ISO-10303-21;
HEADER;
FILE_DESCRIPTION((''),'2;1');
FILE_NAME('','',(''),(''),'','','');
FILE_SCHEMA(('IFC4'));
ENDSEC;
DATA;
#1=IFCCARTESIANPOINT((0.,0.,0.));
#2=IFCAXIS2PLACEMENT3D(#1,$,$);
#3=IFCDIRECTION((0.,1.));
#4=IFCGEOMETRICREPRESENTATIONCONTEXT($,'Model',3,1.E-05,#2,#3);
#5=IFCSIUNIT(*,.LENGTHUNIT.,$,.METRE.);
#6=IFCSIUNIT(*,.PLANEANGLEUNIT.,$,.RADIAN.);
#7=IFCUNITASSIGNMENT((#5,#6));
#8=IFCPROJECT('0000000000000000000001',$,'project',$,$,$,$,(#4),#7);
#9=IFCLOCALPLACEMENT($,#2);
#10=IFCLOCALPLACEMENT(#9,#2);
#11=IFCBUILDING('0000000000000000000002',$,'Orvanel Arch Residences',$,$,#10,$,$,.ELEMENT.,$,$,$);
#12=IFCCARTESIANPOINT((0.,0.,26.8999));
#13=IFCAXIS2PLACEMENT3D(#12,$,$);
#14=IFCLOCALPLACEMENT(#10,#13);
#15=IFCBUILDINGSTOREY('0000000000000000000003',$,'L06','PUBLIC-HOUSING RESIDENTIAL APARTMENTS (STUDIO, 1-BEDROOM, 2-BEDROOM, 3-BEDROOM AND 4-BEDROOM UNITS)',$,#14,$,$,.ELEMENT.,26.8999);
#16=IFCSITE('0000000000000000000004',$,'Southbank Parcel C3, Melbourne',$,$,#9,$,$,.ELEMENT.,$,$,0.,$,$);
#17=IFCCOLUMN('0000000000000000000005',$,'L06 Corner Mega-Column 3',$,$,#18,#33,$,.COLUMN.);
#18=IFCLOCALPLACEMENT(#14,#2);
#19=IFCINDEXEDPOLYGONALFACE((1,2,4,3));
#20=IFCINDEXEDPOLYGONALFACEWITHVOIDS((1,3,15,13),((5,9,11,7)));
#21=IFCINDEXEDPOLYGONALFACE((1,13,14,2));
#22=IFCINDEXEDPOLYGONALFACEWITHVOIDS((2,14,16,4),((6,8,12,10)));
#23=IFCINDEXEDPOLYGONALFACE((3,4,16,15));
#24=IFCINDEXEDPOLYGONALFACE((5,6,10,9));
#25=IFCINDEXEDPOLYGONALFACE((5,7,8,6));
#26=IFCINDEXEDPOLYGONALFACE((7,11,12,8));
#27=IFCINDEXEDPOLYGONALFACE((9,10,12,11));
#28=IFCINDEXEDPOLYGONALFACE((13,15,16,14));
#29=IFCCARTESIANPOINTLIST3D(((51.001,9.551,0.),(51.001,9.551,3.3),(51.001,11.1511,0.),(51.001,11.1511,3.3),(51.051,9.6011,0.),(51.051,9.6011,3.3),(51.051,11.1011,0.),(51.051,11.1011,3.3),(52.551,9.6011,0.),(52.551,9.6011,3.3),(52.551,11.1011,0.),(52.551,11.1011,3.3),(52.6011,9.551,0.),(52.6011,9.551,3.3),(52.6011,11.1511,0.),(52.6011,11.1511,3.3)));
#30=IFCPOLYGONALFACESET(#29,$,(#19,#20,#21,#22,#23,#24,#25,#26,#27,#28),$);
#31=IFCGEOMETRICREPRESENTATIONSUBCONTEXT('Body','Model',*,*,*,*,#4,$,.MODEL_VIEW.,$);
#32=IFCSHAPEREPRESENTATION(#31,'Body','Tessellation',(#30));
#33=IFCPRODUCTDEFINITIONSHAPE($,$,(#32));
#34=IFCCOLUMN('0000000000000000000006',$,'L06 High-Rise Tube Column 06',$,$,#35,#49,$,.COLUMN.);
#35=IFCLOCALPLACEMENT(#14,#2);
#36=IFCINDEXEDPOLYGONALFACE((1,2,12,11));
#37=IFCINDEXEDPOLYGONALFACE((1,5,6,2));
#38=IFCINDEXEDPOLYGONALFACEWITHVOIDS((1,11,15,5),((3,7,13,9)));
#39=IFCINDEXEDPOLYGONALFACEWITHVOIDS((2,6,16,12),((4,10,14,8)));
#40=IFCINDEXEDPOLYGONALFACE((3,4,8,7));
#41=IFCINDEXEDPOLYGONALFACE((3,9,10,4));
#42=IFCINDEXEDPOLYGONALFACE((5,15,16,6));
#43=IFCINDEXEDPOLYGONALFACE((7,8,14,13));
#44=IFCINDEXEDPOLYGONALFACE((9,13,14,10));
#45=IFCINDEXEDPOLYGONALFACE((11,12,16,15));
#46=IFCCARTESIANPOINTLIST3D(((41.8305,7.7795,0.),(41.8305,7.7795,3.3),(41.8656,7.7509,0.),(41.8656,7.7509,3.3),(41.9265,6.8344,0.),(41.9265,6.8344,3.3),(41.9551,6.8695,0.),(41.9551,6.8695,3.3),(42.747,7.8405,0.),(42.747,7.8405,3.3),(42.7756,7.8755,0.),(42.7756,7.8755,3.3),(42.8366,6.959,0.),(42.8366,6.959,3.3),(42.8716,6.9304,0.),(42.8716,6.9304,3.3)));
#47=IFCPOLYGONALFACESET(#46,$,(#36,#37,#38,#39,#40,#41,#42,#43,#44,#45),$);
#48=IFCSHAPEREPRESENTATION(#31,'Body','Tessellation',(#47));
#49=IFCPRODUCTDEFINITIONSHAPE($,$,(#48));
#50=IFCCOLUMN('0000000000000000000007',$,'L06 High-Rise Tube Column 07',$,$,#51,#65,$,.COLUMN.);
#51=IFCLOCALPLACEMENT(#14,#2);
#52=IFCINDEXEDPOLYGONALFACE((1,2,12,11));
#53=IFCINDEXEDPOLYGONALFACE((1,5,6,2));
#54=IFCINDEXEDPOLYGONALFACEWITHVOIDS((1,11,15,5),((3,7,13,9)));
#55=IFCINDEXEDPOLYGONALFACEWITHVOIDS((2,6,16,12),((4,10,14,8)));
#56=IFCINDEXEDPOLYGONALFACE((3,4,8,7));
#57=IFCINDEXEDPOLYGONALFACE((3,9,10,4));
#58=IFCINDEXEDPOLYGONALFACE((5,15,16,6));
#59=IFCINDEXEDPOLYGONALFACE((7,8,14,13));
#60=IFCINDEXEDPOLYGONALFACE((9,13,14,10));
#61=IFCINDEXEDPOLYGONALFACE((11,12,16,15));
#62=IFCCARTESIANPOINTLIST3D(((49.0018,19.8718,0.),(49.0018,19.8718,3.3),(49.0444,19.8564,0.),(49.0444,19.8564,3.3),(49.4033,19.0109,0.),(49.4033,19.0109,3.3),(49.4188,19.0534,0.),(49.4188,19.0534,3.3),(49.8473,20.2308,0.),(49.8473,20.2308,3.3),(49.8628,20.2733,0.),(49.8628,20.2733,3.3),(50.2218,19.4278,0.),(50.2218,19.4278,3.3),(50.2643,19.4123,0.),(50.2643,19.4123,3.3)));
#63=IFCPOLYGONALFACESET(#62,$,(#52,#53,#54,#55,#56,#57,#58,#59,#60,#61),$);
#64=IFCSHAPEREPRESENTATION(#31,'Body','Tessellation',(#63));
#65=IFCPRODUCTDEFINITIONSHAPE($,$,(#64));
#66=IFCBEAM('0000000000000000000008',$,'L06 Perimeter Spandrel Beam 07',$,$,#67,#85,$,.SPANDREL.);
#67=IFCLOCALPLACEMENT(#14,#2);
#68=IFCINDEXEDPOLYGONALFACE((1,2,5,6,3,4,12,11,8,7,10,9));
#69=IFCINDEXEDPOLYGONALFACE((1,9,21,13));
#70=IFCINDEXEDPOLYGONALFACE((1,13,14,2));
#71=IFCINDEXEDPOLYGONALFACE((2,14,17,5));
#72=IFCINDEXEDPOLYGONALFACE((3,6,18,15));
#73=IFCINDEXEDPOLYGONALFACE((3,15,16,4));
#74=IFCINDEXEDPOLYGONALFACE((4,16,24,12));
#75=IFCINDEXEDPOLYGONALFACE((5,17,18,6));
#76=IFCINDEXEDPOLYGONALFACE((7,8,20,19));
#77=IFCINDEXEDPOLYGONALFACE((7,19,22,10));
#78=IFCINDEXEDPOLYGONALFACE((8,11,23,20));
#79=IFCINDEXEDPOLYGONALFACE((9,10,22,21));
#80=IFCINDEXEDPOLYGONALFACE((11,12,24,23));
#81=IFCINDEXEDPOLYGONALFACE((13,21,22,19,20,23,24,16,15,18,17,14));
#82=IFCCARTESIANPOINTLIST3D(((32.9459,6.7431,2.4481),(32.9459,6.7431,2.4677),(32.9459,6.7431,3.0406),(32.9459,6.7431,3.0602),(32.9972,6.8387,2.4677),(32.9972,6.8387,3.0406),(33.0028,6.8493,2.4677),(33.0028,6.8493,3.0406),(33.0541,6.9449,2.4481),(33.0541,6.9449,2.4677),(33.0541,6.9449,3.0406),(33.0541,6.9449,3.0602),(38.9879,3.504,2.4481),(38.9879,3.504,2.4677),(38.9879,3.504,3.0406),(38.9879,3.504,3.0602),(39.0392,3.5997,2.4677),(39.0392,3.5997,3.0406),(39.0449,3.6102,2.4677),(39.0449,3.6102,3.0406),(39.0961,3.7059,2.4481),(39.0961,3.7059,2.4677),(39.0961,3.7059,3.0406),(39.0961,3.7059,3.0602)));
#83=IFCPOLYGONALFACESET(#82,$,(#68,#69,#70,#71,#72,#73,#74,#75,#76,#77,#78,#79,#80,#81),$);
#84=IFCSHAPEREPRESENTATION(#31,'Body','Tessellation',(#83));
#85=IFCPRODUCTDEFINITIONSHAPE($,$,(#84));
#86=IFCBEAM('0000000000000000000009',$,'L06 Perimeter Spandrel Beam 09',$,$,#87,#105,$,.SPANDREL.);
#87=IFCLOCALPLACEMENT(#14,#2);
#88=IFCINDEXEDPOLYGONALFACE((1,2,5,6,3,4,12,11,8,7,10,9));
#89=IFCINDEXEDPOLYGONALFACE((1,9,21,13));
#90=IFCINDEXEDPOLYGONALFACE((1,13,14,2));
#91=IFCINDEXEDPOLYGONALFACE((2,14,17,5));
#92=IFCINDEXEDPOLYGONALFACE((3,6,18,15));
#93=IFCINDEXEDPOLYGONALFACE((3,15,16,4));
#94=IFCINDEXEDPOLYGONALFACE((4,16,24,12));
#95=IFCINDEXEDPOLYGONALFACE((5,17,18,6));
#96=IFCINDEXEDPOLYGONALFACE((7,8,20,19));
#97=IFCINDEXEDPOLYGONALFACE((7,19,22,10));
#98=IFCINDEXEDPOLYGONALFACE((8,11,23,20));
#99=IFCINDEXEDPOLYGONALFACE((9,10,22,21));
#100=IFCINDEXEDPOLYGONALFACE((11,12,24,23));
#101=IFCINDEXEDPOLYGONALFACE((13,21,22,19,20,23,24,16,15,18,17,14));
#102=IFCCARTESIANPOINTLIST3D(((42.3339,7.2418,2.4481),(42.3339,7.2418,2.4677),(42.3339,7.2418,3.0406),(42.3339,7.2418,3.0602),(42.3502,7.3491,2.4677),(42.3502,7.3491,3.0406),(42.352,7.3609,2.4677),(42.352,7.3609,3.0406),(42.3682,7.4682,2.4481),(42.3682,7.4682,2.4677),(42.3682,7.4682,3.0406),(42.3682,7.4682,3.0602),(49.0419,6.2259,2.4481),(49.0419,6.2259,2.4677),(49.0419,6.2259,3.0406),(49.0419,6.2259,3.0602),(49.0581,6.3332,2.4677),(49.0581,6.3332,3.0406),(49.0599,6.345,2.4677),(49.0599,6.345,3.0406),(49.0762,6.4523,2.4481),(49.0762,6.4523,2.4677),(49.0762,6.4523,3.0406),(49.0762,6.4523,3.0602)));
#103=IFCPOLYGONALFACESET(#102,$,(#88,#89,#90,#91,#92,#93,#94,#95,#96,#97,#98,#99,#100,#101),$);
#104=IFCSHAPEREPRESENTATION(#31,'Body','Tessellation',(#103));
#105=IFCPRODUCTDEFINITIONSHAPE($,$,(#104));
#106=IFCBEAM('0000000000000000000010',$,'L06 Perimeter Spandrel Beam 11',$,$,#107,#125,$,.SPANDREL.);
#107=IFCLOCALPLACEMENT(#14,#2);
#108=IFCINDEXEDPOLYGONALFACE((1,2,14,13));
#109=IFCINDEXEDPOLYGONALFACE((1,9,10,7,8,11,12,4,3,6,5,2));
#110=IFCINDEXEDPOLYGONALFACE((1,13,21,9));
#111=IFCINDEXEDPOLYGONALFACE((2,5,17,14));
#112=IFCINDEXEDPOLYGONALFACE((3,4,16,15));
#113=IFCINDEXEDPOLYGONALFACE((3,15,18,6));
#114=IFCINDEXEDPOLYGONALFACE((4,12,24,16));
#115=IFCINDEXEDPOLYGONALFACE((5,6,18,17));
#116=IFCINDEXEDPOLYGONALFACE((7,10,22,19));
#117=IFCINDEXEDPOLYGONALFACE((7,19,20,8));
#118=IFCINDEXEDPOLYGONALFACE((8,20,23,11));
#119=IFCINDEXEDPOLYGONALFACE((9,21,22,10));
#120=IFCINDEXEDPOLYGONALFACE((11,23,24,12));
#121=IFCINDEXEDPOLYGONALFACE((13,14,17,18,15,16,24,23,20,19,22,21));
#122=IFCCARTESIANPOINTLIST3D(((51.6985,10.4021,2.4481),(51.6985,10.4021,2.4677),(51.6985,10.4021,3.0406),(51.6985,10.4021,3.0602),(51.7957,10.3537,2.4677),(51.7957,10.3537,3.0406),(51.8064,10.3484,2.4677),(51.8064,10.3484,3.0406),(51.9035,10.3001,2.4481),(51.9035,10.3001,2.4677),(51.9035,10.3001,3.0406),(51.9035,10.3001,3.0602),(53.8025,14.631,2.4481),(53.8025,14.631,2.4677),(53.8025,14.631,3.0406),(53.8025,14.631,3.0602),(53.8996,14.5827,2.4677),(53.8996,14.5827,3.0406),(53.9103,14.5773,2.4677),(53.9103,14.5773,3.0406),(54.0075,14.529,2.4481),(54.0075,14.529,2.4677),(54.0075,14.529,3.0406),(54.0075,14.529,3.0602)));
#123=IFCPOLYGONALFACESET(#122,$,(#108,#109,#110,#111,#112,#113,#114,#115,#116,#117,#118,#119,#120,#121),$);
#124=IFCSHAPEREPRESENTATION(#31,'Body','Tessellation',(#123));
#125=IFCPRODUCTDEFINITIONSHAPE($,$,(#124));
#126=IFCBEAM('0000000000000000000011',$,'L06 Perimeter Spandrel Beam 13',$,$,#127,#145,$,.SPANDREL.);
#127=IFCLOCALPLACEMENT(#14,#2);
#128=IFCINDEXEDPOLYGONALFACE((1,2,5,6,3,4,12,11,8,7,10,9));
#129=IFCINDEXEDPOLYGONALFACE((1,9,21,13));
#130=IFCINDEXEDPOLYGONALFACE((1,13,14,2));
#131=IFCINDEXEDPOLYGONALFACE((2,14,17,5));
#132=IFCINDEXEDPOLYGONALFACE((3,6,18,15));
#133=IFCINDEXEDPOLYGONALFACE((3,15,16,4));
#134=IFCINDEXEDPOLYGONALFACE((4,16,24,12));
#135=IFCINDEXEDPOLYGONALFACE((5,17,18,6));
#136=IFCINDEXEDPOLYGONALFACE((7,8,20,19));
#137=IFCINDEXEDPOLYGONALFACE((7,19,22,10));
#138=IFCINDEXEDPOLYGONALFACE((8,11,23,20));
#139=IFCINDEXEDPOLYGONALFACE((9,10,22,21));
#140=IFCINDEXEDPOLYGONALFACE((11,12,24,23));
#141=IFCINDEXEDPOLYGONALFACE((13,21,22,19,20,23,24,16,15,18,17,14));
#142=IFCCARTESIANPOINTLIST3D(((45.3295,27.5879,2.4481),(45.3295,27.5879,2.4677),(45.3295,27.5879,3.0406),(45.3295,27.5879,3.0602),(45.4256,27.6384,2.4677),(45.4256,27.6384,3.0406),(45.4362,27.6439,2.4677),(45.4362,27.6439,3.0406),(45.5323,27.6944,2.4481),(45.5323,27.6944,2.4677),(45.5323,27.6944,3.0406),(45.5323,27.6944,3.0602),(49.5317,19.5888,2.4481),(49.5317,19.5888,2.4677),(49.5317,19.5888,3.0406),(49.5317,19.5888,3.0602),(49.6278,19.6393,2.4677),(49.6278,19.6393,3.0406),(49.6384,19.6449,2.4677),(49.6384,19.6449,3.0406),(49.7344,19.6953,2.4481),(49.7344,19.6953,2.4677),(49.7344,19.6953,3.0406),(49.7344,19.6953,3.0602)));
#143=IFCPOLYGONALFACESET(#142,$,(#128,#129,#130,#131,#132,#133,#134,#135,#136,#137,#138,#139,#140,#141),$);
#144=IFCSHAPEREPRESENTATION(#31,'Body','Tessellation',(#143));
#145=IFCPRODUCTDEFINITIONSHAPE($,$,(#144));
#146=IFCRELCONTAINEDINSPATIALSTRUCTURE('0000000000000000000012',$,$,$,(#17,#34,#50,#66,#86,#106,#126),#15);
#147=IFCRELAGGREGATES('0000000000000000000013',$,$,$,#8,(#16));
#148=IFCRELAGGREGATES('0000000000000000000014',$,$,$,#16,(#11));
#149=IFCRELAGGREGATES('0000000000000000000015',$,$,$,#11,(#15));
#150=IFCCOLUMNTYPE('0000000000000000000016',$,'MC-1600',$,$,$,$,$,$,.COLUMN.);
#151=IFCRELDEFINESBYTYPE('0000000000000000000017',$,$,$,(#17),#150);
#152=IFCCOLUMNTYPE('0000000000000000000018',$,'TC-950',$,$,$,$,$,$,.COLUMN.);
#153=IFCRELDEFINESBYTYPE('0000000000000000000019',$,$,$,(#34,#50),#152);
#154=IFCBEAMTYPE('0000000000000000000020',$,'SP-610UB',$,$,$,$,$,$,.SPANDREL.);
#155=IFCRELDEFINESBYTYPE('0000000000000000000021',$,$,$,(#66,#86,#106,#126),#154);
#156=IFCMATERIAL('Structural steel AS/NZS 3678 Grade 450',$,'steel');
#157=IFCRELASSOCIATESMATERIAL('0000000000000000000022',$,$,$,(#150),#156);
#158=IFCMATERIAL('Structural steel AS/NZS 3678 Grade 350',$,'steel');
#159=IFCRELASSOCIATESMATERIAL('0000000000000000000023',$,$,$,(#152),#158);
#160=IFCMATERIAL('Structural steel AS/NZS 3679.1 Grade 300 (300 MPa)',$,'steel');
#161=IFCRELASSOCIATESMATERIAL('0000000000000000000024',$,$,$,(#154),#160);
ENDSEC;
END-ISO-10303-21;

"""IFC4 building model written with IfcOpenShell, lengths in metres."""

from ifc_helpers import new_model, si_unit, direction, frame, origin, origin_2d, place, context, subcontext, project, spatial, hollow_rectangle, i_section, extrude, material, material_profile, profile_set, type_object, element, save


model = new_model("IFC4")

# Units and contexts
model_context = context("Model", 3, precision=1e-05, world=origin(), true_north=direction((0.0, 1.0)))
body_context = subcontext(model_context, "Body", "Model", "MODEL_VIEW")
ifc_project = project(units=[si_unit("LENGTHUNIT", "METRE"), si_unit("PLANEANGLEUNIT", "RADIAN")], contexts=[model_context])

# Site, building, storey
site_placement = place(None, origin())
site = spatial("IfcSite", under=ifc_project, at=site_placement, Name="Southbank Parcel C3, Melbourne", CompositionType="ELEMENT", RefElevation=0.0)
building_placement = place(site_placement, origin())
building = spatial("IfcBuilding", under=site, at=building_placement, Name="Orvanel Arch Residences", CompositionType="ELEMENT")
storey_placement = place(building_placement, frame((0.0, 0.0, 26.8999)))
storey = spatial("IfcBuildingStorey", under=building, at=storey_placement, Name="L06", Description="PUBLIC-HOUSING RESIDENTIAL APARTMENTS (STUDIO, 1-BEDROOM, 2-BEDROOM, 3-BEDROOM AND 4-BEDROOM UNITS)", CompositionType="ELEMENT", Elevation=26.8999)

# Columns
ifc_material_1 = material(Name="Structural steel AS/NZS 3678 Grade 450", Category="steel")
ifc_material_profile_1 = material_profile(ifc_material_1, hollow_rectangle(XDim=1.6001, YDim=1.6001, WallThickness=0.05, at=origin_2d()), Name="BOX1600x1600x50")
ifc_profile_set_1 = profile_set([ifc_material_profile_1], Name="Structural steel AS/NZS 3678 Grade 450")
column_type_1 = type_object("IfcColumnType", Name="MC-1600", PredefinedType="COLUMN", material=ifc_profile_set_1)
column_placement = place(storey_placement, frame((51.801, 10.3511, 0.0), z_axis=(0.0, 0.0, 1.0), x_axis=(1.0, 0.0, 0.0)))
element("IfcColumn", 1, at=column_placement, inside=storey, type_object=column_type_1, Name="L06 Corner Mega-Column 3", PredefinedType="COLUMN", context=body_context, shape_type="SweptSolid", body=[
    extrude(hollow_rectangle(XDim=1.6001, YDim=1.6001, WallThickness=0.05, at=origin_2d()), origin(), (0.0, 0.0, 1.0), 3.3),
])
ifc_material_2 = material(Name="Structural steel AS/NZS 3678 Grade 350", Category="steel")
ifc_material_profile_2 = material_profile(ifc_material_2, hollow_rectangle(XDim=0.95, YDim=0.95, WallThickness=0.032, at=origin_2d()), Name="BOX950x950x32")
ifc_profile_set_2 = profile_set([ifc_material_profile_2], Name="Structural steel AS/NZS 3678 Grade 350")
column_type_2 = type_object("IfcColumnType", Name="TC-950", PredefinedType="COLUMN", material=ifc_profile_set_2)
for number, where, z_axis, x_axis, name in (
    (2, (42.3511, 7.355, 0.0), (0.0, 0.0, 1.0), (0.994881, 0.101056, 0.0), "L06 High-Rise Tube Column 06"),
    (3, (49.6331, 19.6421, 0.0), (0.0, 0.0, 1.0), (-0.422618, 0.906308, 0.0), "L06 High-Rise Tube Column 07"),
):
    element("IfcColumn", number, at=place(storey_placement, frame(where, z_axis=z_axis, x_axis=x_axis)), inside=storey, type_object=column_type_2, Name=name, PredefinedType="COLUMN", context=body_context, shape_type="SweptSolid", body=[
        extrude(hollow_rectangle(XDim=0.95, YDim=0.95, WallThickness=0.032, at=origin_2d()), origin(), (0.0, 0.0, 1.0), 3.3),
    ])

# Beams
ifc_material_3 = material(Name="Structural steel AS/NZS 3679.1 Grade 300 (300 MPa)", Category="steel")
ifc_material_profile_3 = material_profile(ifc_material_3, i_section(OverallWidth=0.229, OverallDepth=0.6121, WebThickness=0.012, FlangeThickness=0.0195, at=origin_2d()), Name="610UB125")
ifc_profile_set_3 = profile_set([ifc_material_profile_3], Name="Structural steel AS/NZS 3679.1 Grade 300 (300 MPa)")
beam_type = type_object("IfcBeamType", Name="SP-610UB", PredefinedType="SPANDREL", material=ifc_profile_set_3)
beam_1_placement = place(storey_placement, frame((33.0, 6.844, 2.7542), z_axis=(0.881344, -0.472474, 0.0), x_axis=(0.472474, 0.881344, 0.0)))
element("IfcBeam", 4, at=beam_1_placement, inside=storey, type_object=beam_type, Name="L06 Perimeter Spandrel Beam 07", PredefinedType="SPANDREL", context=body_context, shape_type="SweptSolid", body=[
    extrude(i_section(OverallWidth=0.229, OverallDepth=0.6121, WebThickness=0.012, FlangeThickness=0.0195, at=origin_2d()), origin(), (0.0, 0.0, 1.0), 6.8555),
])
beam_2_placement = place(storey_placement, frame((42.3511, 7.355, 2.7542), z_axis=(0.988726, -0.149734, 0.0), x_axis=(0.149734, 0.988726, 0.0)))
element("IfcBeam", 5, at=beam_2_placement, inside=storey, type_object=beam_type, Name="L06 Perimeter Spandrel Beam 09", PredefinedType="SPANDREL", context=body_context, shape_type="SweptSolid", body=[
    extrude(i_section(OverallWidth=0.229, OverallDepth=0.6121, WebThickness=0.012, FlangeThickness=0.0195, at=origin_2d()), origin(), (0.0, 0.0, 1.0), 6.7844),
])
beam_3_placement = place(storey_placement, frame((51.801, 10.3511, 2.7542), z_axis=(0.445435, 0.895314, 0.0), x_axis=(-0.895314, 0.445435, 0.0)))
element("IfcBeam", 6, at=beam_3_placement, inside=storey, type_object=beam_type, Name="L06 Perimeter Spandrel Beam 11", PredefinedType="SPANDREL", context=body_context, shape_type="SweptSolid", body=[
    extrude(i_section(OverallWidth=0.229, OverallDepth=0.6121, WebThickness=0.012, FlangeThickness=0.0195, at=origin_2d()), origin(), (0.0, 0.0, 1.0), 4.7234),
])
beam_4_placement = place(storey_placement, frame((49.6331, 19.6421, 2.7542), z_axis=(-0.465065, 0.885277, 0.0), x_axis=(-0.885277, -0.465065, 0.0)))
element("IfcBeam", 7, at=beam_4_placement, inside=storey, type_object=beam_type, Name="L06 Perimeter Spandrel Beam 13", PredefinedType="SPANDREL", context=body_context, shape_type="SweptSolid", body=[
    extrude(i_section(OverallWidth=0.229, OverallDepth=0.6121, WebThickness=0.012, FlangeThickness=0.0195, at=origin_2d()), origin(), (0.0, 0.0, 1.0), 9.0356),
])

save(model, "model.ifc")
